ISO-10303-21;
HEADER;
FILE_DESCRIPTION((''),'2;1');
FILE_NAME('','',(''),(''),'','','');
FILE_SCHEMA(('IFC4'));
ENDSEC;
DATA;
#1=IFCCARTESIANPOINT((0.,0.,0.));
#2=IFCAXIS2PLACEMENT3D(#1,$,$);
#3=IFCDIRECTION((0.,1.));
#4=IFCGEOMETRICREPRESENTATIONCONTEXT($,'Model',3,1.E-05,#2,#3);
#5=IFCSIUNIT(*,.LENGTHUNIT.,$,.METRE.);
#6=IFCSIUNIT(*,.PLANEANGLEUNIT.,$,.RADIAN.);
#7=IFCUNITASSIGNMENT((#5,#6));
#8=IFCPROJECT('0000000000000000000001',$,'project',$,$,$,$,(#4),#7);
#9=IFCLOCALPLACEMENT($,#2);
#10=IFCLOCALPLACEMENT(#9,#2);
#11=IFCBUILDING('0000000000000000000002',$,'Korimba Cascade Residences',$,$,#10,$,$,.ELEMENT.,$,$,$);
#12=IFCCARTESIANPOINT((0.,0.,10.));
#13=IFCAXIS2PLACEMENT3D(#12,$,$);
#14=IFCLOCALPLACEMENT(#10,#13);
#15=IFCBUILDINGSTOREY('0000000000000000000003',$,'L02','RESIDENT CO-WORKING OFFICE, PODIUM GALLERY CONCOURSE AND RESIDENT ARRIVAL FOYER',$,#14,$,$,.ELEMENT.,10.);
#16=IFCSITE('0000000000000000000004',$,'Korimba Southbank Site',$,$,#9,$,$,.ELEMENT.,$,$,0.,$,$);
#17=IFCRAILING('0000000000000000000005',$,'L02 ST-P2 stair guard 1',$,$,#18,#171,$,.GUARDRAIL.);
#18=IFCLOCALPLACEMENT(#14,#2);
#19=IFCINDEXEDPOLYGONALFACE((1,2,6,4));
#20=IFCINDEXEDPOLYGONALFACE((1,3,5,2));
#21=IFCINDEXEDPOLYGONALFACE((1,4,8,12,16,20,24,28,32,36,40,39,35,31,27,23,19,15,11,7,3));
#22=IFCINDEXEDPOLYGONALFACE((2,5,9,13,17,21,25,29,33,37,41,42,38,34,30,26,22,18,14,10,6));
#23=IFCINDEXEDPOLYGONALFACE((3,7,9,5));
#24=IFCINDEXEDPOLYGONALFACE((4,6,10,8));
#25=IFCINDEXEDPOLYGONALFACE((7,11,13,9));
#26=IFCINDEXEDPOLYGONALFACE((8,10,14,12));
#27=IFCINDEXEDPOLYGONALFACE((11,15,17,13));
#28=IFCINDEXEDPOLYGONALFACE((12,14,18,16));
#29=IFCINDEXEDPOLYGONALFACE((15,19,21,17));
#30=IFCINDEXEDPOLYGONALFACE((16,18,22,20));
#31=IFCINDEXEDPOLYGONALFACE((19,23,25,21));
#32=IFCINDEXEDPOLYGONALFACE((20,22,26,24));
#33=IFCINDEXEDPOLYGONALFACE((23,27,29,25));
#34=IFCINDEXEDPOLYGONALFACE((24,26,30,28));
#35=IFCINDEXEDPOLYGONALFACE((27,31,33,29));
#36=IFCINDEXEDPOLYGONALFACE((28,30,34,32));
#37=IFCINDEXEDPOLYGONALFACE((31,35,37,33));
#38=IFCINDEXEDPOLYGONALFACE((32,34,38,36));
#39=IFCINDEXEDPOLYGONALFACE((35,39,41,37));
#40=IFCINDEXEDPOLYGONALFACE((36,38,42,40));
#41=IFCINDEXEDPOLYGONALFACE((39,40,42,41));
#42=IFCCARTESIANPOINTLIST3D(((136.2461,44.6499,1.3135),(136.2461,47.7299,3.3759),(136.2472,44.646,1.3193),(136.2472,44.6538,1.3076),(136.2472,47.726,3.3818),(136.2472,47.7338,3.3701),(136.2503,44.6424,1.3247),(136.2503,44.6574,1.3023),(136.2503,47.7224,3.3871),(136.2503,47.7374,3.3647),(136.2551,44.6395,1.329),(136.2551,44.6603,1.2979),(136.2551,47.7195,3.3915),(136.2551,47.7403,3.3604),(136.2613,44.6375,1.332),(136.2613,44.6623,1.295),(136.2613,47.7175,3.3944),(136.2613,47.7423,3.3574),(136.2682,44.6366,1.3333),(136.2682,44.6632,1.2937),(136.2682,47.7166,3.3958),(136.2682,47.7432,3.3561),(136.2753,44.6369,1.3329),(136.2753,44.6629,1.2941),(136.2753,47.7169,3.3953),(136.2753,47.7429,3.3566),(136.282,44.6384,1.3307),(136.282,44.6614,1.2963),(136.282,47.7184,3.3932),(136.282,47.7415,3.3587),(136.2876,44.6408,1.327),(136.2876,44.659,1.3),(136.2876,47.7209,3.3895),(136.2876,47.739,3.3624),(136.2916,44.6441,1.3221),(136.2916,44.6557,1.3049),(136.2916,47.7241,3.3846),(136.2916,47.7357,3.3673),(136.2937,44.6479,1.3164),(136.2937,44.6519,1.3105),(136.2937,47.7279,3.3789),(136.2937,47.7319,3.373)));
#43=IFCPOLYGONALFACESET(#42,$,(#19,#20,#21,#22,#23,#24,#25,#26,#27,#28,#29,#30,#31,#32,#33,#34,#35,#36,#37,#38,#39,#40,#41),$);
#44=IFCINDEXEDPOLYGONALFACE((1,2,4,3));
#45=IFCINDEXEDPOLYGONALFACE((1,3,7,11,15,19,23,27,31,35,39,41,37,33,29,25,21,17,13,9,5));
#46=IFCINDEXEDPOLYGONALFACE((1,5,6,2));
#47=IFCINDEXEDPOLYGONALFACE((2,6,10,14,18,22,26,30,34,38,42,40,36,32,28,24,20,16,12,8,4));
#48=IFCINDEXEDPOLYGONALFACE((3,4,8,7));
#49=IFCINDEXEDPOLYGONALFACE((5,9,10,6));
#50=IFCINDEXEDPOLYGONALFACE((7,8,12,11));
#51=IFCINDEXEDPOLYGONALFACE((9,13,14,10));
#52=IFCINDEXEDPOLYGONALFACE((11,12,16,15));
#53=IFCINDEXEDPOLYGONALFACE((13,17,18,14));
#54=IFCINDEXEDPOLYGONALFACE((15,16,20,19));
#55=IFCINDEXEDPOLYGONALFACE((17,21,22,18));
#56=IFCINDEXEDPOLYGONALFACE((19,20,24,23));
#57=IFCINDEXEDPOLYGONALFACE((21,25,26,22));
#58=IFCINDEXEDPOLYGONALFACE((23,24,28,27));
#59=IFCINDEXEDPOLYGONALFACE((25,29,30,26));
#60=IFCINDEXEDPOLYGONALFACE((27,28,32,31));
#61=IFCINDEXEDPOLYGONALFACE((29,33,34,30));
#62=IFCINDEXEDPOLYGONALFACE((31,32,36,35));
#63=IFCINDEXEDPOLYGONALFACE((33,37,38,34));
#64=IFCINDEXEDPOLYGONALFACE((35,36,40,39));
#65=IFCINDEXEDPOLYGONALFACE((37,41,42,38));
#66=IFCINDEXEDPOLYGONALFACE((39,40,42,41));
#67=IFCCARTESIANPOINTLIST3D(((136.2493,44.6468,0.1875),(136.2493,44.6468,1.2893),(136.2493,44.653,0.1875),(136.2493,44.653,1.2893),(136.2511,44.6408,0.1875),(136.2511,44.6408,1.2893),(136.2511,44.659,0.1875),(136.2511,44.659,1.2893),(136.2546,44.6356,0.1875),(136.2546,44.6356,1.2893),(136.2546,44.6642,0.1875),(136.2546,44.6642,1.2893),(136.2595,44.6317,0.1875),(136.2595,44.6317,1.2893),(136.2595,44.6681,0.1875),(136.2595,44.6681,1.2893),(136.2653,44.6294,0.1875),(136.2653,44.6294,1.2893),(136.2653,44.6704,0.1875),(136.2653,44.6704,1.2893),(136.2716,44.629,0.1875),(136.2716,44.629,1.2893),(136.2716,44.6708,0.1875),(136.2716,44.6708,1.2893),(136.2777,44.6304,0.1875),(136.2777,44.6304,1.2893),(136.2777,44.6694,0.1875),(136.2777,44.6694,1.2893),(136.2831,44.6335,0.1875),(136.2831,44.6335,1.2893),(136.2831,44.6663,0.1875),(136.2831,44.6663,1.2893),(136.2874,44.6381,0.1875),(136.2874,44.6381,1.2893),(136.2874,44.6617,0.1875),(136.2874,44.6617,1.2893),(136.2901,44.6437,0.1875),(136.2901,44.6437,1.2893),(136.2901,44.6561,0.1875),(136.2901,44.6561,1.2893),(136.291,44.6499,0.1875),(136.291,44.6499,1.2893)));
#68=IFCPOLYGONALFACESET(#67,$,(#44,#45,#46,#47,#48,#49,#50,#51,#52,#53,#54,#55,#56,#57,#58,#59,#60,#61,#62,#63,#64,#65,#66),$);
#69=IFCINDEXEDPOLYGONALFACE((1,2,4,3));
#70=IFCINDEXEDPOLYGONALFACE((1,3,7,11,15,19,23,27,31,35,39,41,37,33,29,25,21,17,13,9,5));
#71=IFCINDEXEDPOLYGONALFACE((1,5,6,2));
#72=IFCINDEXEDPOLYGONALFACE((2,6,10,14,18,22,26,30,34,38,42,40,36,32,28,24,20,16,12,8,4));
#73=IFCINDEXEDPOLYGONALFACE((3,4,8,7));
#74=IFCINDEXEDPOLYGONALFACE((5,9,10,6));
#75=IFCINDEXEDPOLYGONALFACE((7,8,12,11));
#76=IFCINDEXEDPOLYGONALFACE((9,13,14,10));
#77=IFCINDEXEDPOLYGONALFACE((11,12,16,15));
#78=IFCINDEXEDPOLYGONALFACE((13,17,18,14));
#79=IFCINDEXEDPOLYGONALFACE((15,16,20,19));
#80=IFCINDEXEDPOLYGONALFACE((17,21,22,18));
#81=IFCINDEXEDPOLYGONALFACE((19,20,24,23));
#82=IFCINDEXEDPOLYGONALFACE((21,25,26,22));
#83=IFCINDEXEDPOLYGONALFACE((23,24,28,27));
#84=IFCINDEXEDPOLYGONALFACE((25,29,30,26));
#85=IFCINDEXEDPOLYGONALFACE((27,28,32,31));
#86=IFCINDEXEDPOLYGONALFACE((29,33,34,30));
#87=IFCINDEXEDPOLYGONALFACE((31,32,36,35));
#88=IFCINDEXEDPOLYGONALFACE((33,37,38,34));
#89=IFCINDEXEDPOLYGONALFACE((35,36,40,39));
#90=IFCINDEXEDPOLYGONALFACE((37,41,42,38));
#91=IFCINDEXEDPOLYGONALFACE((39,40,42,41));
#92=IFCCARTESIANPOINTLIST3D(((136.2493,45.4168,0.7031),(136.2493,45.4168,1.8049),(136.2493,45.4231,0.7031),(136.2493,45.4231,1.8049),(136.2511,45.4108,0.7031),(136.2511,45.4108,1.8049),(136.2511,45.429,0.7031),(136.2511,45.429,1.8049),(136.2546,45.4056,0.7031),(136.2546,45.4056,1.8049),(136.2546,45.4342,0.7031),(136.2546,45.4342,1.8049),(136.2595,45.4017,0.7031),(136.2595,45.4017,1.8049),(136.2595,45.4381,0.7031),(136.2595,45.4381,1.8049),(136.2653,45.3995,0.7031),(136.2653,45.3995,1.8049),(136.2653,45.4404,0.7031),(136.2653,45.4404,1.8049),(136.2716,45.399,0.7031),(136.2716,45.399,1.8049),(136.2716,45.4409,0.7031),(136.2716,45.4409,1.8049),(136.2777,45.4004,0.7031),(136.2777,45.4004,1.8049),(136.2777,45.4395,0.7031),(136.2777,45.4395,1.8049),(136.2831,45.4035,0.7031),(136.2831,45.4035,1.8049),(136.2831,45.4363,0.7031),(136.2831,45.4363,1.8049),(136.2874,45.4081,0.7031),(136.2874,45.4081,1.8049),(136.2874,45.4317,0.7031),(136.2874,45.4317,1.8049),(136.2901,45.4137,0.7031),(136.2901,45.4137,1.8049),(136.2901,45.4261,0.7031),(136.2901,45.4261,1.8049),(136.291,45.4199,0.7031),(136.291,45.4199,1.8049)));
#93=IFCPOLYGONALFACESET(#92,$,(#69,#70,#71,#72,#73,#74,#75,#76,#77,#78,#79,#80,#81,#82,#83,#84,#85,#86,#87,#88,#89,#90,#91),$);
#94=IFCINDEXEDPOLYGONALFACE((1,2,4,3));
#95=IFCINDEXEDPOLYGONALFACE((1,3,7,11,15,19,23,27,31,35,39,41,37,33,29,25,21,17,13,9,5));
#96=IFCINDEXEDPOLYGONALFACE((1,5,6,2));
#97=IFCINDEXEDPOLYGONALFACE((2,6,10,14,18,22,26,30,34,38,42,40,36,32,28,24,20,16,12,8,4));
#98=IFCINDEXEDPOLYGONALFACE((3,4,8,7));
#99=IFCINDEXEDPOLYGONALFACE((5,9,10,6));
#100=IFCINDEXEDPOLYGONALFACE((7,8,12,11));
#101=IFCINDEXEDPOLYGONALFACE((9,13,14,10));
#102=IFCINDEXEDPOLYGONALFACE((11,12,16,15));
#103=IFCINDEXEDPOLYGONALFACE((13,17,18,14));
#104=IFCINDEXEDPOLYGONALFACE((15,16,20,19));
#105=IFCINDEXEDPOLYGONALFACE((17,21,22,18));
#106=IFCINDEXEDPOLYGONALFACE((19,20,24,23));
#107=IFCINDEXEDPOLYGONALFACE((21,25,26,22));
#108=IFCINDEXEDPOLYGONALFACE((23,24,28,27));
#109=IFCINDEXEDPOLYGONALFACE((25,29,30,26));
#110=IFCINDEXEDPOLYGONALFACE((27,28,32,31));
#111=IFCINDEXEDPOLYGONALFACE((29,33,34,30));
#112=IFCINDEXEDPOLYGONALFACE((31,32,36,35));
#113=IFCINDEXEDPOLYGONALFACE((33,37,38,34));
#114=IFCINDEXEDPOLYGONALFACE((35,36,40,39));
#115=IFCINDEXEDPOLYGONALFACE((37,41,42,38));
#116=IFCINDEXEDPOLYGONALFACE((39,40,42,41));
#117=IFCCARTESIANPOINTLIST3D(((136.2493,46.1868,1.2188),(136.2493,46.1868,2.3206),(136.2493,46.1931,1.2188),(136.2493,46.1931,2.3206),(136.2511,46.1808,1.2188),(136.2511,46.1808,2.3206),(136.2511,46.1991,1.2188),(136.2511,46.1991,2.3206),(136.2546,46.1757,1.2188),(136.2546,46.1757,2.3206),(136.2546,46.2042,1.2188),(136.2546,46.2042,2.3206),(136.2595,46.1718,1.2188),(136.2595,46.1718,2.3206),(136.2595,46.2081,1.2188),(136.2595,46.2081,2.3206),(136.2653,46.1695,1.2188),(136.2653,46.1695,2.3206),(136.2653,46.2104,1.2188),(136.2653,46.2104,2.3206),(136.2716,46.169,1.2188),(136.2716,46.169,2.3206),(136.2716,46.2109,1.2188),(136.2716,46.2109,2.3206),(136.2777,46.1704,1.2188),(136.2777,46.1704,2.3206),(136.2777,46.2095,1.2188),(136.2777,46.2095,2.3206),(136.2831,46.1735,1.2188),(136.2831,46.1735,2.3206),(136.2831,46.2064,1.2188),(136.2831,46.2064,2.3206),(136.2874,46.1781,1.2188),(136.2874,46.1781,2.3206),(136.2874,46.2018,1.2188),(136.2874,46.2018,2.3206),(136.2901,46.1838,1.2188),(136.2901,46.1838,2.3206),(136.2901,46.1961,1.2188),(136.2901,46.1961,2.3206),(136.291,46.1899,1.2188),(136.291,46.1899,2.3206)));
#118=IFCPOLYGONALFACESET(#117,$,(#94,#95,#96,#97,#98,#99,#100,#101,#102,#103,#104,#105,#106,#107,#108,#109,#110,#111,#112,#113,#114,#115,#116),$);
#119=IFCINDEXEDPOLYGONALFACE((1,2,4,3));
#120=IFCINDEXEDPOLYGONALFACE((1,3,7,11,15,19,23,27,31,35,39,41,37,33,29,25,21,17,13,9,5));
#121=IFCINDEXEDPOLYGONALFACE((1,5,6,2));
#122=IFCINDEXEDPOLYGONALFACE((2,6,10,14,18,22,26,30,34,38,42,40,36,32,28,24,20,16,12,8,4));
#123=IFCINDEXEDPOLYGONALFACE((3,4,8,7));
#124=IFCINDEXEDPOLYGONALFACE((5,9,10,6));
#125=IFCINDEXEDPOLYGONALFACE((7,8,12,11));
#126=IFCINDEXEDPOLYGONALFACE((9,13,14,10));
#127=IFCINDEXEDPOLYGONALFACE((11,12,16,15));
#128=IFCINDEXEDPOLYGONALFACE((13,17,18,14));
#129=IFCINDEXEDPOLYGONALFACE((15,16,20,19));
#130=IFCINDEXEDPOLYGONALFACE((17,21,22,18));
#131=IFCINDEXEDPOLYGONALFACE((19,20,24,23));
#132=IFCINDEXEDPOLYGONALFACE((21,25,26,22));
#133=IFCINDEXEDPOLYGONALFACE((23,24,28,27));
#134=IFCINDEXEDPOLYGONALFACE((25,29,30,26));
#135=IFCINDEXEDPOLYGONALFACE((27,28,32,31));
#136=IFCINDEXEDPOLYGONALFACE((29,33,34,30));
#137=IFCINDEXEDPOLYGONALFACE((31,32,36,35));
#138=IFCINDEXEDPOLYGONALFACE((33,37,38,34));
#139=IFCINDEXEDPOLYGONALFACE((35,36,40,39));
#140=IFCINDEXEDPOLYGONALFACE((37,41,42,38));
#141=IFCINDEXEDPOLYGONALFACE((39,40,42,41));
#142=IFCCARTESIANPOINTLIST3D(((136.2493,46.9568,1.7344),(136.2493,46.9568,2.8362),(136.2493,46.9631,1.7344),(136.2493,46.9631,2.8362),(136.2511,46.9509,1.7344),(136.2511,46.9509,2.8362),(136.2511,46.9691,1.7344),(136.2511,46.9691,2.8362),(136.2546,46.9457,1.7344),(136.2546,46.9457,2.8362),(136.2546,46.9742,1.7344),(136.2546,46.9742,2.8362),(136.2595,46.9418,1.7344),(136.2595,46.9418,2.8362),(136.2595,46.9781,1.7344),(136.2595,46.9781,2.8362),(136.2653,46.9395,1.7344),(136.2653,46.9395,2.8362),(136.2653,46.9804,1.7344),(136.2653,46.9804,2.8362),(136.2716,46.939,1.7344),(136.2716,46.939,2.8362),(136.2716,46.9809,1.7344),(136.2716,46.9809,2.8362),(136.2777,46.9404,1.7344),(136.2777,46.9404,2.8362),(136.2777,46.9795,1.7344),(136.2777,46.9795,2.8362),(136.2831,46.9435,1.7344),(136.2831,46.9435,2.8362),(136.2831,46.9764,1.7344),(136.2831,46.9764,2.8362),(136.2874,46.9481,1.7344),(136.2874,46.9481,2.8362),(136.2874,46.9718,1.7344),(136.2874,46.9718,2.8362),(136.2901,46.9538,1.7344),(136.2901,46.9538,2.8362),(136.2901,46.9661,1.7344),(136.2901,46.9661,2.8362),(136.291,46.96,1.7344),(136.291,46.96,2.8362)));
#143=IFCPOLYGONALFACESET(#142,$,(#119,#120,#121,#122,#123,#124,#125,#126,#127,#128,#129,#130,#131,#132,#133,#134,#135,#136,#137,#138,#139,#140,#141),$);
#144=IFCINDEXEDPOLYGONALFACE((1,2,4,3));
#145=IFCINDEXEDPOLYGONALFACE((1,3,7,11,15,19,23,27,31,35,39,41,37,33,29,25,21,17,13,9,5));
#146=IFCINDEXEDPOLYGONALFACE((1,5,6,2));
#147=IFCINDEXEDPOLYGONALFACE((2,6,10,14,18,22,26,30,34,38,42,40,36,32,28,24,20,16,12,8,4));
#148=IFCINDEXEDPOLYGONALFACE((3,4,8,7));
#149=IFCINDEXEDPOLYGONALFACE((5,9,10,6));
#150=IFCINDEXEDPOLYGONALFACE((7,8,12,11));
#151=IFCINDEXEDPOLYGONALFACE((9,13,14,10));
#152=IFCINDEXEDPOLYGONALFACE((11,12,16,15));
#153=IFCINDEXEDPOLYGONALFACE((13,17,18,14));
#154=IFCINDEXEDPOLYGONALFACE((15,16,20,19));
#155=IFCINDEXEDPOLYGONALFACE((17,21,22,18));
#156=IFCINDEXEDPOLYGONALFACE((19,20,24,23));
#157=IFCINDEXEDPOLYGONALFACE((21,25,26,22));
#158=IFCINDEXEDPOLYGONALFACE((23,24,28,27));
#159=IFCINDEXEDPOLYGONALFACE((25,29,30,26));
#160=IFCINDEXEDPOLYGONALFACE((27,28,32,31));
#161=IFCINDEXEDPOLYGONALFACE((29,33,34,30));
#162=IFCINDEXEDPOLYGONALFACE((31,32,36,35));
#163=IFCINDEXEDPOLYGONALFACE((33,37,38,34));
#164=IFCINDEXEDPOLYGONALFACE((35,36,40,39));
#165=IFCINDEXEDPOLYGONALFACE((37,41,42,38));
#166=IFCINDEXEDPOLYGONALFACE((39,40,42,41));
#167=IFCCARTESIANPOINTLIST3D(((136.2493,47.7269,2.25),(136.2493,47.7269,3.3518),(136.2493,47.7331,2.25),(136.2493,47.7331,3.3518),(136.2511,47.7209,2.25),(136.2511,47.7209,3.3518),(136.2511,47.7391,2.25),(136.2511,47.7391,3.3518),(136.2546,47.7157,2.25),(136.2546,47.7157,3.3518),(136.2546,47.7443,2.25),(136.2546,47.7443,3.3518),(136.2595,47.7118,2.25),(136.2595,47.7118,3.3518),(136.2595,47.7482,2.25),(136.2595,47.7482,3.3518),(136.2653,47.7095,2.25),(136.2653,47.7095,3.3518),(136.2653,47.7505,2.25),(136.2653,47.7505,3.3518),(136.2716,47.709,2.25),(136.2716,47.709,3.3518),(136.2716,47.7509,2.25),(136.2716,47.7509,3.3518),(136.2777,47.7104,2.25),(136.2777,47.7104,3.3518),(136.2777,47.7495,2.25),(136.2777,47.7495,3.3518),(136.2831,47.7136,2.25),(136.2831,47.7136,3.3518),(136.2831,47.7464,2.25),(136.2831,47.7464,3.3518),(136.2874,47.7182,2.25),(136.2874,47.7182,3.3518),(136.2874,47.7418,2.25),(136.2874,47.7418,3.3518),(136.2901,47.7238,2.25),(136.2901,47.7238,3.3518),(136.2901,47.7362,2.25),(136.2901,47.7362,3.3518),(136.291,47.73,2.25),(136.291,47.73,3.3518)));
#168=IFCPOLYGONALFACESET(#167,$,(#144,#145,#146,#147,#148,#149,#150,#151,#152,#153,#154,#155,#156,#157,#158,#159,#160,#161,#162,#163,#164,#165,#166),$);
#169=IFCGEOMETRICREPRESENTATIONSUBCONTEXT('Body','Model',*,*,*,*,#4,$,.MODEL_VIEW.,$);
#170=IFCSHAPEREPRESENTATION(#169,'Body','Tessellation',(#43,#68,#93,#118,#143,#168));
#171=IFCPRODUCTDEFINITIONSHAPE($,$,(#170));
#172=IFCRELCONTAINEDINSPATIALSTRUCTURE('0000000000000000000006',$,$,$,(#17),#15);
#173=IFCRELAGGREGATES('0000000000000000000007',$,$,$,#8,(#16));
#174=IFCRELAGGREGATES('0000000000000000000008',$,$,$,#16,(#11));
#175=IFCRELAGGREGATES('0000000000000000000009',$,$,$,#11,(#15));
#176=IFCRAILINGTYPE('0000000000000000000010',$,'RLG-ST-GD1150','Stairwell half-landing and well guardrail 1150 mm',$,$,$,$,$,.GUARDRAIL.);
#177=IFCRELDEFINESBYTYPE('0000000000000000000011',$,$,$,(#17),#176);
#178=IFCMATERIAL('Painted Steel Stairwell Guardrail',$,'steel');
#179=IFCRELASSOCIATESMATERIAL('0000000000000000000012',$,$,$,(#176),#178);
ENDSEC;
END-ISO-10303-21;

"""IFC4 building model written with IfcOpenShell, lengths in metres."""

from ifc_helpers import new_model, si_unit, direction, frame, origin, origin_2d, place, context, subcontext, project, spatial, circle, extrude, material, type_object, element, save


model = new_model("IFC4")

# Units and contexts
model_context = context("Model", 3, precision=1e-05, world=origin(), true_north=direction((0.0, 1.0)))
body_context = subcontext(model_context, "Body", "Model", "MODEL_VIEW")
ifc_project = project(units=[si_unit("LENGTHUNIT", "METRE"), si_unit("PLANEANGLEUNIT", "RADIAN")], contexts=[model_context])

# Site, building, storey
site_placement = place(None, origin())
site = spatial("IfcSite", under=ifc_project, at=site_placement, Name="Korimba Southbank Site", CompositionType="ELEMENT", RefElevation=0.0)
building_placement = place(site_placement, origin())
building = spatial("IfcBuilding", under=site, at=building_placement, Name="Korimba Cascade Residences", CompositionType="ELEMENT")
storey_placement = place(building_placement, frame((0.0, 0.0, 10.0)))
storey = spatial("IfcBuildingStorey", under=building, at=storey_placement, Name="L02", Description="RESIDENT CO-WORKING OFFICE, PODIUM GALLERY CONCOURSE AND RESIDENT ARRIVAL FOYER", CompositionType="ELEMENT", Elevation=10.0)

# Railing
ifc_material_1 = material(Name="Painted Steel Stairwell Guardrail", Category="steel")
railing_type_1 = type_object("IfcRailingType", Name="RLG-ST-GD1150", Description="Stairwell half-landing and well guardrail 1150 mm", PredefinedType="GUARDRAIL", material=ifc_material_1)
railing_1_placement = place(storey_placement, frame((136.27, 44.6499, 0.1875)))
element("IfcRailing", 1, at=railing_1_placement, inside=storey, type_object=railing_type_1, Name="L02 ST-P2 stair guard 1", PredefinedType="GUARDRAIL", context=body_context, shape_type="SweptSolid", body=[
    extrude(circle(Radius=0.0239, at=origin_2d()), frame((0.0, 0.0, 1.126), z_axis=(0.0, 0.830914, 0.556401), x_axis=(-1.0, 0.0, 0.0)), (0.0, 0.0, 1.0), 3.7068),
    extrude(circle(Radius=0.021, at=origin_2d()), origin(), (0.0, 0.0, 1.0), 1.1018),
    extrude(circle(Radius=0.021, at=origin_2d()), frame((0.0, 0.77, 0.5156)), (0.0, 0.0, 1.0), 1.1018),
    extrude(circle(Radius=0.021, at=origin_2d()), frame((0.0, 1.54, 1.0312)), (0.0, 0.0, 1.0), 1.1018),
    extrude(circle(Radius=0.021, at=origin_2d()), frame((0.0, 2.3101, 1.5469)), (0.0, 0.0, 1.0), 1.1018),
    extrude(circle(Radius=0.021, at=origin_2d()), frame((0.0, 3.0801, 2.0625)), (0.0, 0.0, 1.0), 1.1018),
])

save(model, "model.ifc")
